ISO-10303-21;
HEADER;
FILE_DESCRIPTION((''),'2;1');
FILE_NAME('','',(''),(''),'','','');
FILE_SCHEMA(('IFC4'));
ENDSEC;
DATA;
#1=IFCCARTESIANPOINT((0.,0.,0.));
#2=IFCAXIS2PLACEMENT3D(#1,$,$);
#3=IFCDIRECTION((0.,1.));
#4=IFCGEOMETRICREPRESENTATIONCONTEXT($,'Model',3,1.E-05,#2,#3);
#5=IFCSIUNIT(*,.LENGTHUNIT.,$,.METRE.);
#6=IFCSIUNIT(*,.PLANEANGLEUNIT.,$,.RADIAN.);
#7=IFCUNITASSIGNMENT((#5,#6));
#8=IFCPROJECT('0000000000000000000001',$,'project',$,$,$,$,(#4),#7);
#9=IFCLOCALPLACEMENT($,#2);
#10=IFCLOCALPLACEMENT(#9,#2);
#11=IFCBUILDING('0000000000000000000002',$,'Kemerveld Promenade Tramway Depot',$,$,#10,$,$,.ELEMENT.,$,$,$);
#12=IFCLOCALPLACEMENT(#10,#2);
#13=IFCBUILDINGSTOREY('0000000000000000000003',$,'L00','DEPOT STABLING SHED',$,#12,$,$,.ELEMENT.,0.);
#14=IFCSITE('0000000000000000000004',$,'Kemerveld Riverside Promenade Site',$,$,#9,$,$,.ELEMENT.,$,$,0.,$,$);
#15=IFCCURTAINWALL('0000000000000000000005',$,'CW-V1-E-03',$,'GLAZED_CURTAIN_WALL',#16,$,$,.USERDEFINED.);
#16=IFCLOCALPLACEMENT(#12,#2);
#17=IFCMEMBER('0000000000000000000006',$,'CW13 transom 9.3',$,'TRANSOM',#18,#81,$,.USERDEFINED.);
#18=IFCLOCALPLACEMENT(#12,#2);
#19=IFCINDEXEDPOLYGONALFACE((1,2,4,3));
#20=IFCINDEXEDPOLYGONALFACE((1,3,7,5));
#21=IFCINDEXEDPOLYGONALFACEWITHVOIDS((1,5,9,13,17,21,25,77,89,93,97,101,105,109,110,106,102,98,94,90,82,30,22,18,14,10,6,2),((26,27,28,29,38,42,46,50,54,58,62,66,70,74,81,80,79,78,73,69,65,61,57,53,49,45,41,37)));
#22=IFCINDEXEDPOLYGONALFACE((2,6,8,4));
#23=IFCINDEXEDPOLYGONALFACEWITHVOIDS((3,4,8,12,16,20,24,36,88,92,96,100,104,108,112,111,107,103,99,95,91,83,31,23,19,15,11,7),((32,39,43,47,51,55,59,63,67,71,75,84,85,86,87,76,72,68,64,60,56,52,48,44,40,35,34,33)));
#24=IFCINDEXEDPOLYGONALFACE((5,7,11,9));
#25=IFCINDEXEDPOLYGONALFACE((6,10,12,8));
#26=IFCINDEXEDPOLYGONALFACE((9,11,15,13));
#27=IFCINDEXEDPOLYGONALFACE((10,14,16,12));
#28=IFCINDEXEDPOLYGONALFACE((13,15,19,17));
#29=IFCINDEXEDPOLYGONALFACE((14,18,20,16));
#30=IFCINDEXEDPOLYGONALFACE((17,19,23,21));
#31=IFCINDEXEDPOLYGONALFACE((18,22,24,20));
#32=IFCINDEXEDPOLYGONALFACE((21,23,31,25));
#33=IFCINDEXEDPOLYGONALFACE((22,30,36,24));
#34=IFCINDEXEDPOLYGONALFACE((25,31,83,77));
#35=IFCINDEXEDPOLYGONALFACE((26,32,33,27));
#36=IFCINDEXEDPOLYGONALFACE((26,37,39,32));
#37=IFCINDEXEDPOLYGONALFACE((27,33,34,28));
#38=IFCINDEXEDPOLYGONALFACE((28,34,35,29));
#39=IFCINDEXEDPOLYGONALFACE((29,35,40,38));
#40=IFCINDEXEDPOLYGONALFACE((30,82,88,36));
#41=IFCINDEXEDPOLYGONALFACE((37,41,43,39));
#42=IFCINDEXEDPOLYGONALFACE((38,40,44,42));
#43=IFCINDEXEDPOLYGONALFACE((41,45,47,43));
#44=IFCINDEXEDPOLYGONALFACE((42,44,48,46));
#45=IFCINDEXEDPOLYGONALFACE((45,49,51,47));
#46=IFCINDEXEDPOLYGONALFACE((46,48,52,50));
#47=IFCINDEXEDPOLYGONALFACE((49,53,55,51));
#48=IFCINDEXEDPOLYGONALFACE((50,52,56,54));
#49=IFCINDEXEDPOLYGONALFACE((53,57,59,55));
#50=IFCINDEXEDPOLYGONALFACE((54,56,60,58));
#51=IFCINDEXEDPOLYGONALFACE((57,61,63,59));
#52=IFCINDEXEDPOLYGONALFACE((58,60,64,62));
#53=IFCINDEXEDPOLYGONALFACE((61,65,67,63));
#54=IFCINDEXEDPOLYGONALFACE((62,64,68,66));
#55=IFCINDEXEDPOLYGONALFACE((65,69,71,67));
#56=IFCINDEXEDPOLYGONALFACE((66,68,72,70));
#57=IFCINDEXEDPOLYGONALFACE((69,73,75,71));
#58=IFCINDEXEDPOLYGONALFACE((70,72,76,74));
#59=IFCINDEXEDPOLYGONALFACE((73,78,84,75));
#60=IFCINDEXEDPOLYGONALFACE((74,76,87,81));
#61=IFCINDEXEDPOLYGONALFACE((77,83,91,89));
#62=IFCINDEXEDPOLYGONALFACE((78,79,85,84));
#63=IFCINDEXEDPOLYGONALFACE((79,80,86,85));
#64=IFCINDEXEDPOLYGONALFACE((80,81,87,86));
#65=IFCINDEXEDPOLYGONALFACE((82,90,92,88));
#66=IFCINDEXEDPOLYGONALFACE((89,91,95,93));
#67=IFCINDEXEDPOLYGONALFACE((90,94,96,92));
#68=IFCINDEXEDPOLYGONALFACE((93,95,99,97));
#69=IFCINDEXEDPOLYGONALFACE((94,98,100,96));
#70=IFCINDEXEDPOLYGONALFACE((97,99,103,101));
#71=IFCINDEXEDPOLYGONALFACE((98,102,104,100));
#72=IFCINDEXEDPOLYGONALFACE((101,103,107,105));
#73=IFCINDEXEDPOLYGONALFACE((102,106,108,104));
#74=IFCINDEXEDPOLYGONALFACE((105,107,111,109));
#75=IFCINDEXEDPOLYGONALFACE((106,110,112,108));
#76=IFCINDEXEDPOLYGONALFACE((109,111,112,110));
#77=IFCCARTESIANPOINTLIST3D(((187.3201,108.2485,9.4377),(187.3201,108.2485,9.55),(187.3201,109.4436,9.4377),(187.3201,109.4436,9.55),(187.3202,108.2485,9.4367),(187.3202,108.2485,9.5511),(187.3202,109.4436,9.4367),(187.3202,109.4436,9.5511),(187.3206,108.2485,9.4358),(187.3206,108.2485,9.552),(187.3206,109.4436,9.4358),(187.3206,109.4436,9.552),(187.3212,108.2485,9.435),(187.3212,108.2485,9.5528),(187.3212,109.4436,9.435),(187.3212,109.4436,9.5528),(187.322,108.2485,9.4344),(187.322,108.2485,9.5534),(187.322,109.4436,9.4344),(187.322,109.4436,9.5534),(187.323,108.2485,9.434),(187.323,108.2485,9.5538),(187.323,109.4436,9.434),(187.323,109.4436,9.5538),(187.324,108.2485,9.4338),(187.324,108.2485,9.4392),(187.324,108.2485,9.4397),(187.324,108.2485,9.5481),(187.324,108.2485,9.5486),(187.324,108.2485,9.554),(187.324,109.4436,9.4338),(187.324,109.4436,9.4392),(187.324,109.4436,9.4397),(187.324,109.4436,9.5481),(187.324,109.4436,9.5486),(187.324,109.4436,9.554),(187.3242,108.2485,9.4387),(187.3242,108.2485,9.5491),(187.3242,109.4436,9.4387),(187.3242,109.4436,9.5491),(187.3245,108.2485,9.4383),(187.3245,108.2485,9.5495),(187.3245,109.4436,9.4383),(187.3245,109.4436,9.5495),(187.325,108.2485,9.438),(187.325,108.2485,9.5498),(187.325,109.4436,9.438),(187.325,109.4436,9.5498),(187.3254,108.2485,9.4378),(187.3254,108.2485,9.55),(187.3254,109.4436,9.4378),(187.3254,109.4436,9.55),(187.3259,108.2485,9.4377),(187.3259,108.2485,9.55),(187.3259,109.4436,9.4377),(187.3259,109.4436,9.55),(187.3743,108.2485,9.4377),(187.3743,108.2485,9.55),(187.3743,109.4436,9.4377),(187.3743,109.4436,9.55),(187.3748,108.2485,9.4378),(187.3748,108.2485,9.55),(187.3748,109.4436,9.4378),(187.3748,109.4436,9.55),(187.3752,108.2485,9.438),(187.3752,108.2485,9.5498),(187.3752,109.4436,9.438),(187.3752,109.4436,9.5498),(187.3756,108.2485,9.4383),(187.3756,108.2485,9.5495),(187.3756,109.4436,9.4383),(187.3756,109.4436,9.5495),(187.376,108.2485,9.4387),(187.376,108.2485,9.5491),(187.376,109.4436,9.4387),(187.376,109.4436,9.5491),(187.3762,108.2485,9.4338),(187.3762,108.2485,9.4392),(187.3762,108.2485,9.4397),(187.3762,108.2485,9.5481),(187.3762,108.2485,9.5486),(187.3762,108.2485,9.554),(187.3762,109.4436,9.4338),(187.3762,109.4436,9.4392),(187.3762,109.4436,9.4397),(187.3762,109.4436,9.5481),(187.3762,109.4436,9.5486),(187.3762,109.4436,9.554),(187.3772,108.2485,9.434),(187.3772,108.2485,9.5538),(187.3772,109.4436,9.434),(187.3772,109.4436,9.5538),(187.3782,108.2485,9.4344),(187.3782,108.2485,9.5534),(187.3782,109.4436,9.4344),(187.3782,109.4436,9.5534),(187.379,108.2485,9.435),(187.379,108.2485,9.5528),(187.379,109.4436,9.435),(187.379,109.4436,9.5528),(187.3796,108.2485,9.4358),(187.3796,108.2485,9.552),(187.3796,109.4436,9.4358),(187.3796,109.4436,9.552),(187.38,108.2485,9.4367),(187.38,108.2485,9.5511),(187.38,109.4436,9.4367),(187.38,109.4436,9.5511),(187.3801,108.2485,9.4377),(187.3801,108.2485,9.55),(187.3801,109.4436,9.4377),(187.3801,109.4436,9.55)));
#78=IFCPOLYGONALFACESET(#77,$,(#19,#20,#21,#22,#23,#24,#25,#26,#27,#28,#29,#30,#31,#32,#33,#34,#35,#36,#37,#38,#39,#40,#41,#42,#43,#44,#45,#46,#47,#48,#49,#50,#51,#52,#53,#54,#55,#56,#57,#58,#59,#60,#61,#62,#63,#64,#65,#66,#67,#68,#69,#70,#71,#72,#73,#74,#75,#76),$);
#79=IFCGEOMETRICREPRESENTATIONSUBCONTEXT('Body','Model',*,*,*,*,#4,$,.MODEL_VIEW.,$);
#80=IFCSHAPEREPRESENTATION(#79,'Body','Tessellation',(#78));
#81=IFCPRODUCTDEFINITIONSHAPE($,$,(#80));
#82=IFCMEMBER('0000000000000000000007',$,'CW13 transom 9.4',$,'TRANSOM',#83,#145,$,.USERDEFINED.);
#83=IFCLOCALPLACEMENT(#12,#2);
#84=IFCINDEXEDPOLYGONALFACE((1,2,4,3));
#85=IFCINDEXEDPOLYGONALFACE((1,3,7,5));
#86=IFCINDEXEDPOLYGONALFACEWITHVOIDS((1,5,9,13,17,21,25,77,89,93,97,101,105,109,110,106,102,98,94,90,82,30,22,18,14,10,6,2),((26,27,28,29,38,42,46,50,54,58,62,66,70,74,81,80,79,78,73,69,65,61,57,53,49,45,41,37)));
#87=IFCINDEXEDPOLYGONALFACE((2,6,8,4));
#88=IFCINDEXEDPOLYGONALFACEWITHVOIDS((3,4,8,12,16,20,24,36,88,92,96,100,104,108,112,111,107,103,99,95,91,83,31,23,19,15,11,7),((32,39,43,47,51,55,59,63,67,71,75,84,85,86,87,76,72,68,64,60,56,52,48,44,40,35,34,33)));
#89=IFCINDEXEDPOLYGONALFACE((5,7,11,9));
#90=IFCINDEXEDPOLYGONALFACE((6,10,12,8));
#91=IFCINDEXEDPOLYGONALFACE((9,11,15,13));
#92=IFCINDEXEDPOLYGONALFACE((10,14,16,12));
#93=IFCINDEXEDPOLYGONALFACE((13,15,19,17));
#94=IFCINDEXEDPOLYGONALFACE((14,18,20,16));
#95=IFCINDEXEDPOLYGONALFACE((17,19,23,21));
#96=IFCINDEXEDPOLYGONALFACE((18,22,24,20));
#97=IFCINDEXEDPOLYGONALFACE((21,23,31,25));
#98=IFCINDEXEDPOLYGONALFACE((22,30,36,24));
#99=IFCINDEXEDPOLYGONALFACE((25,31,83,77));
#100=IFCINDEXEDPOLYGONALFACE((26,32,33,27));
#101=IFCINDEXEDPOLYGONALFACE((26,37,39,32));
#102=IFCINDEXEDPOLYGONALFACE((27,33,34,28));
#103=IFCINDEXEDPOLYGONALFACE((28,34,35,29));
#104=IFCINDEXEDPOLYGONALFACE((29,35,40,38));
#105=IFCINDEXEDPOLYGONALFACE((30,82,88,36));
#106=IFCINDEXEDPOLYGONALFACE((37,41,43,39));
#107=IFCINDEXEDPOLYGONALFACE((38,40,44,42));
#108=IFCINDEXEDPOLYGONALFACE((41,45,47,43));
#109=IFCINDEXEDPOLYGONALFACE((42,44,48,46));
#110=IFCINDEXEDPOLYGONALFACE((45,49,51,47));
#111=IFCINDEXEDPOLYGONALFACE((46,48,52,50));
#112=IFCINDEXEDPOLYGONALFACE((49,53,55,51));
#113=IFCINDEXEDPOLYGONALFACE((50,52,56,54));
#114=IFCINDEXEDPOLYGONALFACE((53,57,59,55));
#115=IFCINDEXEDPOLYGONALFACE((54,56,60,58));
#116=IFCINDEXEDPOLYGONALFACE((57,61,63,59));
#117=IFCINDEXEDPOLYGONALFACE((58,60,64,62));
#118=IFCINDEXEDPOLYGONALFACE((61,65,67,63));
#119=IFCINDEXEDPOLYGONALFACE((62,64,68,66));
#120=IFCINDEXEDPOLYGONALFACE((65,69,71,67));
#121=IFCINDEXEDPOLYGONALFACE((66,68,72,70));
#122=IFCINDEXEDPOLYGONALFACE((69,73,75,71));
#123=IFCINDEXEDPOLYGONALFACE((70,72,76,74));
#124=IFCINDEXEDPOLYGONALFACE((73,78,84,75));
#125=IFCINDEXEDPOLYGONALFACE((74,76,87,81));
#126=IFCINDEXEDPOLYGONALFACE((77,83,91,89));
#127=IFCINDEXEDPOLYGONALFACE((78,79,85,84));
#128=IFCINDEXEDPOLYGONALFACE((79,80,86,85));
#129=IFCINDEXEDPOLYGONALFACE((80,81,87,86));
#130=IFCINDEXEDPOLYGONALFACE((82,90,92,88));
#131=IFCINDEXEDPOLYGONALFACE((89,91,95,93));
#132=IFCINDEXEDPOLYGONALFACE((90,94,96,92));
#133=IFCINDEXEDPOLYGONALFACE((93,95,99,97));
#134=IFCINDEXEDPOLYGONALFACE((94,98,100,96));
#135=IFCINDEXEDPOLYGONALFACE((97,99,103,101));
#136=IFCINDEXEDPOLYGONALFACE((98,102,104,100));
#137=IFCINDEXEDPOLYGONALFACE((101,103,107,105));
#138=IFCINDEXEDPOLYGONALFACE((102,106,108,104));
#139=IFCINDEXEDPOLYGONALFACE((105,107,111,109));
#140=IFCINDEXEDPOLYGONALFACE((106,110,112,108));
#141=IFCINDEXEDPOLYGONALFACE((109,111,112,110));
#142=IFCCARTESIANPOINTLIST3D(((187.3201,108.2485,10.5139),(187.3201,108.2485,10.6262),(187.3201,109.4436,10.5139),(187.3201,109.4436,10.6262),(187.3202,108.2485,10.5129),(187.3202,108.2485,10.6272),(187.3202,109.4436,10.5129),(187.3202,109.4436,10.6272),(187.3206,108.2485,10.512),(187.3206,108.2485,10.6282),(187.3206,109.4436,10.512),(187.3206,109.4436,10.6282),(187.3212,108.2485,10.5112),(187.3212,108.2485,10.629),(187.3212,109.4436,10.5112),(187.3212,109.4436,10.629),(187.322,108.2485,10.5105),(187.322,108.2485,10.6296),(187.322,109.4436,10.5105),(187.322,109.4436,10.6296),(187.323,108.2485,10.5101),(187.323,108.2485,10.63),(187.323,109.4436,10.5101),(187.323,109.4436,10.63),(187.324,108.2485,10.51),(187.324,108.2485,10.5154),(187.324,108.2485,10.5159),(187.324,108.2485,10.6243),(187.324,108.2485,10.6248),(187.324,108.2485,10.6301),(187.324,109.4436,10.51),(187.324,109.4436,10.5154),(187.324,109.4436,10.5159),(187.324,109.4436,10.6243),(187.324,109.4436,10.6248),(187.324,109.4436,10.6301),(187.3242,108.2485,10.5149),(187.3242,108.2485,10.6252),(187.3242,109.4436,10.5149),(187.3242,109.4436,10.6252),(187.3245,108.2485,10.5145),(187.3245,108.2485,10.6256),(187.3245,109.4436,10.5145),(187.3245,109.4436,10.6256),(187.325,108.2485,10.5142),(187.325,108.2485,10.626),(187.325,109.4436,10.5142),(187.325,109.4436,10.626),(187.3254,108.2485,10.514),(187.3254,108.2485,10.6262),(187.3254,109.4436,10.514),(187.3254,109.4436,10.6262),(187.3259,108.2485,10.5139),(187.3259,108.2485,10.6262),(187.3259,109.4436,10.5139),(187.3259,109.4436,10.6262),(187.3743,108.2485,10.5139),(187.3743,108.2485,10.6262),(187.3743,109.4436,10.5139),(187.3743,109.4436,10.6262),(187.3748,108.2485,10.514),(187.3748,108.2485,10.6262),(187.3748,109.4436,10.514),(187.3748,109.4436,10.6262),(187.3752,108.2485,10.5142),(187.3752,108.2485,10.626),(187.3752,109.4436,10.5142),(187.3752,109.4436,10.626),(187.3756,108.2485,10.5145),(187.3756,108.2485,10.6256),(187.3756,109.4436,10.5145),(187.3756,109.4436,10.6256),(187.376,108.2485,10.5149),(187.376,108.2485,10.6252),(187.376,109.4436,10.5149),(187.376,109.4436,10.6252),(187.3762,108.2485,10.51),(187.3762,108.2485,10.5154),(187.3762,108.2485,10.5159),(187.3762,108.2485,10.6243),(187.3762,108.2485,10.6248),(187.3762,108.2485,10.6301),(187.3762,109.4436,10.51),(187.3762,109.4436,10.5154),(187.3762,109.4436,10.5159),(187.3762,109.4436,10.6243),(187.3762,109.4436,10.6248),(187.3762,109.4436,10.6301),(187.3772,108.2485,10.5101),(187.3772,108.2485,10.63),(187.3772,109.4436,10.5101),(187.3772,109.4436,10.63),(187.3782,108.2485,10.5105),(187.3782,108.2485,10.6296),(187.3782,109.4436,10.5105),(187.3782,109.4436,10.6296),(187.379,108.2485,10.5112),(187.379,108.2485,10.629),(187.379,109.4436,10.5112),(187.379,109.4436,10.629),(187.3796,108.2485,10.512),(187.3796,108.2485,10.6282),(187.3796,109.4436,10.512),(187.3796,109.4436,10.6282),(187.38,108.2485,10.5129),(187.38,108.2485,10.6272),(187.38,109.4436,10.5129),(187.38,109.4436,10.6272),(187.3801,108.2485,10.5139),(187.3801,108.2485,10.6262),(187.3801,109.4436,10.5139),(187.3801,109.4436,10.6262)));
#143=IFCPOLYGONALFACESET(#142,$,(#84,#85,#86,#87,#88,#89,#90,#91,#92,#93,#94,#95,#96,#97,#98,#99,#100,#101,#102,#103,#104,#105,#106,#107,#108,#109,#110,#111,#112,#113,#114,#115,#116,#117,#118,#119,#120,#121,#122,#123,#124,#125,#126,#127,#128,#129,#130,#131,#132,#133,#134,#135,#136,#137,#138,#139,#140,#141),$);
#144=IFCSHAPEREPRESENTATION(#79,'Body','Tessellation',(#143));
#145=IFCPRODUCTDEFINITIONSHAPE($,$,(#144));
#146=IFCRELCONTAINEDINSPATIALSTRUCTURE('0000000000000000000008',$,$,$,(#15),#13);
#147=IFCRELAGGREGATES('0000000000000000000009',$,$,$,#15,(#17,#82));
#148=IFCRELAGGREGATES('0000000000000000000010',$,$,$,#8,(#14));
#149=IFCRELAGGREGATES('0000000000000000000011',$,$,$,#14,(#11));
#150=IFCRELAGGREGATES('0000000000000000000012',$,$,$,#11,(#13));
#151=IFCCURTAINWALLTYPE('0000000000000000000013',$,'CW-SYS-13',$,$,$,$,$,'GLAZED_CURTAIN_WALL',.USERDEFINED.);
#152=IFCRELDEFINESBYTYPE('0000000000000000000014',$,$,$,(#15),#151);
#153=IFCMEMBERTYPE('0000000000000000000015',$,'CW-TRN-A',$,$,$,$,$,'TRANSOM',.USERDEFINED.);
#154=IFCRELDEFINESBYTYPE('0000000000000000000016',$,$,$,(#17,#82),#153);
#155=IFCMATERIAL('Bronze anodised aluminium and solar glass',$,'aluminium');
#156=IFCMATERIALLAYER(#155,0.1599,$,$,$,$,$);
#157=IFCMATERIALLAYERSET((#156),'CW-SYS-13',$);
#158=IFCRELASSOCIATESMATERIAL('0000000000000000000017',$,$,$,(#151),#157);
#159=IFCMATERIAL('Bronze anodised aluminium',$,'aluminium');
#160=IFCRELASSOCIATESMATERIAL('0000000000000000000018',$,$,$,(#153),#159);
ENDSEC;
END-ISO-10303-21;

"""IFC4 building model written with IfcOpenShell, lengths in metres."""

from ifc_helpers import new_model, si_unit, direction, frame, origin, origin_2d, place, context, subcontext, project, spatial, hollow_rectangle, extrude, material, layer, layer_set, material_profile, profile_set, type_object, element, aggregate, save


model = new_model("IFC4")

# Units and contexts
model_context = context("Model", 3, precision=1e-05, world=origin(), true_north=direction((0.0, 1.0)))
body_context = subcontext(model_context, "Body", "Model", "MODEL_VIEW")
ifc_project = project(units=[si_unit("LENGTHUNIT", "METRE"), si_unit("PLANEANGLEUNIT", "RADIAN")], contexts=[model_context])

# Site, building, storey
site_placement = place(None, origin())
site = spatial("IfcSite", under=ifc_project, at=site_placement, Name="Kemerveld Riverside Promenade Site", CompositionType="ELEMENT", RefElevation=0.0)
building_placement = place(site_placement, origin())
building = spatial("IfcBuilding", under=site, at=building_placement, Name="Kemerveld Promenade Tramway Depot", CompositionType="ELEMENT")
storey_placement = place(building_placement, origin())
storey = spatial("IfcBuildingStorey", under=building, at=storey_placement, Name="L00", Description="DEPOT STABLING SHED", CompositionType="ELEMENT", Elevation=0.0)

# Curtain wall, members
ifc_material_1 = material(Name="Bronze anodised aluminium and solar glass", Category="aluminium")
ifc_layer_1 = layer(ifc_material_1, 0.1599)
ifc_layer_set_1 = layer_set([ifc_layer_1], Name="CW-SYS-13")
curtain_wall_type_1 = type_object("IfcCurtainWallType", Name="CW-SYS-13", ElementType="GLAZED_CURTAIN_WALL", PredefinedType="USERDEFINED", material=ifc_layer_set_1)
curtain_wall_1_placement = place(storey_placement, origin())
curtain_wall_1 = element("IfcCurtainWall", 1, at=curtain_wall_1_placement, inside=storey, type_object=curtain_wall_type_1, Name="CW-V1-E-03", ObjectType="GLAZED_CURTAIN_WALL", PredefinedType="USERDEFINED")
ifc_material_2 = material(Name="Bronze anodised aluminium", Category="aluminium")
ifc_material_profile_1 = material_profile(ifc_material_2, hollow_rectangle(XDim=0.0601, YDim=0.1201, WallThickness=0.0039, InnerFilletRadius=0.002, OuterFilletRadius=0.0039, at=origin_2d()), Name="CW-TRN-120x60")
ifc_profile_set_1 = profile_set([ifc_material_profile_1], Name="Bronze anodised aluminium")
member_type_1 = type_object("IfcMemberType", Name="CW-TRN-A", ElementType="TRANSOM", PredefinedType="USERDEFINED", material=ifc_profile_set_1)
member_1_placement = place(storey_placement, frame((187.3501, 109.4436, 9.4939), z_axis=(0.0, -1.0, 0.0), x_axis=(1.0, 0.0, 0.0)))
member_1 = element("IfcMember", 2, at=member_1_placement, type_object=member_type_1, Name="CW13 transom 9.3", ObjectType="TRANSOM", PredefinedType="USERDEFINED", context=body_context, shape_type="SweptSolid", body=[
    extrude(hollow_rectangle(XDim=0.0601, YDim=0.1201, WallThickness=0.0039, InnerFilletRadius=0.002, OuterFilletRadius=0.0039, at=origin_2d()), origin(), (0.0, 0.0, 1.0), 1.1951),
])
member_2_placement = place(storey_placement, frame((187.3501, 109.4436, 10.5701), z_axis=(0.0, -1.0, 0.0), x_axis=(1.0, 0.0, 0.0)))
member_2 = element("IfcMember", 3, at=member_2_placement, type_object=member_type_1, Name="CW13 transom 9.4", ObjectType="TRANSOM", PredefinedType="USERDEFINED", context=body_context, shape_type="SweptSolid", body=[
    extrude(hollow_rectangle(XDim=0.0601, YDim=0.1201, WallThickness=0.0039, InnerFilletRadius=0.002, OuterFilletRadius=0.0039, at=origin_2d()), origin(), (0.0, 0.0, 1.0), 1.1951),
])

aggregate(curtain_wall_1, [member_1, member_2])

save(model, "model.ifc")
